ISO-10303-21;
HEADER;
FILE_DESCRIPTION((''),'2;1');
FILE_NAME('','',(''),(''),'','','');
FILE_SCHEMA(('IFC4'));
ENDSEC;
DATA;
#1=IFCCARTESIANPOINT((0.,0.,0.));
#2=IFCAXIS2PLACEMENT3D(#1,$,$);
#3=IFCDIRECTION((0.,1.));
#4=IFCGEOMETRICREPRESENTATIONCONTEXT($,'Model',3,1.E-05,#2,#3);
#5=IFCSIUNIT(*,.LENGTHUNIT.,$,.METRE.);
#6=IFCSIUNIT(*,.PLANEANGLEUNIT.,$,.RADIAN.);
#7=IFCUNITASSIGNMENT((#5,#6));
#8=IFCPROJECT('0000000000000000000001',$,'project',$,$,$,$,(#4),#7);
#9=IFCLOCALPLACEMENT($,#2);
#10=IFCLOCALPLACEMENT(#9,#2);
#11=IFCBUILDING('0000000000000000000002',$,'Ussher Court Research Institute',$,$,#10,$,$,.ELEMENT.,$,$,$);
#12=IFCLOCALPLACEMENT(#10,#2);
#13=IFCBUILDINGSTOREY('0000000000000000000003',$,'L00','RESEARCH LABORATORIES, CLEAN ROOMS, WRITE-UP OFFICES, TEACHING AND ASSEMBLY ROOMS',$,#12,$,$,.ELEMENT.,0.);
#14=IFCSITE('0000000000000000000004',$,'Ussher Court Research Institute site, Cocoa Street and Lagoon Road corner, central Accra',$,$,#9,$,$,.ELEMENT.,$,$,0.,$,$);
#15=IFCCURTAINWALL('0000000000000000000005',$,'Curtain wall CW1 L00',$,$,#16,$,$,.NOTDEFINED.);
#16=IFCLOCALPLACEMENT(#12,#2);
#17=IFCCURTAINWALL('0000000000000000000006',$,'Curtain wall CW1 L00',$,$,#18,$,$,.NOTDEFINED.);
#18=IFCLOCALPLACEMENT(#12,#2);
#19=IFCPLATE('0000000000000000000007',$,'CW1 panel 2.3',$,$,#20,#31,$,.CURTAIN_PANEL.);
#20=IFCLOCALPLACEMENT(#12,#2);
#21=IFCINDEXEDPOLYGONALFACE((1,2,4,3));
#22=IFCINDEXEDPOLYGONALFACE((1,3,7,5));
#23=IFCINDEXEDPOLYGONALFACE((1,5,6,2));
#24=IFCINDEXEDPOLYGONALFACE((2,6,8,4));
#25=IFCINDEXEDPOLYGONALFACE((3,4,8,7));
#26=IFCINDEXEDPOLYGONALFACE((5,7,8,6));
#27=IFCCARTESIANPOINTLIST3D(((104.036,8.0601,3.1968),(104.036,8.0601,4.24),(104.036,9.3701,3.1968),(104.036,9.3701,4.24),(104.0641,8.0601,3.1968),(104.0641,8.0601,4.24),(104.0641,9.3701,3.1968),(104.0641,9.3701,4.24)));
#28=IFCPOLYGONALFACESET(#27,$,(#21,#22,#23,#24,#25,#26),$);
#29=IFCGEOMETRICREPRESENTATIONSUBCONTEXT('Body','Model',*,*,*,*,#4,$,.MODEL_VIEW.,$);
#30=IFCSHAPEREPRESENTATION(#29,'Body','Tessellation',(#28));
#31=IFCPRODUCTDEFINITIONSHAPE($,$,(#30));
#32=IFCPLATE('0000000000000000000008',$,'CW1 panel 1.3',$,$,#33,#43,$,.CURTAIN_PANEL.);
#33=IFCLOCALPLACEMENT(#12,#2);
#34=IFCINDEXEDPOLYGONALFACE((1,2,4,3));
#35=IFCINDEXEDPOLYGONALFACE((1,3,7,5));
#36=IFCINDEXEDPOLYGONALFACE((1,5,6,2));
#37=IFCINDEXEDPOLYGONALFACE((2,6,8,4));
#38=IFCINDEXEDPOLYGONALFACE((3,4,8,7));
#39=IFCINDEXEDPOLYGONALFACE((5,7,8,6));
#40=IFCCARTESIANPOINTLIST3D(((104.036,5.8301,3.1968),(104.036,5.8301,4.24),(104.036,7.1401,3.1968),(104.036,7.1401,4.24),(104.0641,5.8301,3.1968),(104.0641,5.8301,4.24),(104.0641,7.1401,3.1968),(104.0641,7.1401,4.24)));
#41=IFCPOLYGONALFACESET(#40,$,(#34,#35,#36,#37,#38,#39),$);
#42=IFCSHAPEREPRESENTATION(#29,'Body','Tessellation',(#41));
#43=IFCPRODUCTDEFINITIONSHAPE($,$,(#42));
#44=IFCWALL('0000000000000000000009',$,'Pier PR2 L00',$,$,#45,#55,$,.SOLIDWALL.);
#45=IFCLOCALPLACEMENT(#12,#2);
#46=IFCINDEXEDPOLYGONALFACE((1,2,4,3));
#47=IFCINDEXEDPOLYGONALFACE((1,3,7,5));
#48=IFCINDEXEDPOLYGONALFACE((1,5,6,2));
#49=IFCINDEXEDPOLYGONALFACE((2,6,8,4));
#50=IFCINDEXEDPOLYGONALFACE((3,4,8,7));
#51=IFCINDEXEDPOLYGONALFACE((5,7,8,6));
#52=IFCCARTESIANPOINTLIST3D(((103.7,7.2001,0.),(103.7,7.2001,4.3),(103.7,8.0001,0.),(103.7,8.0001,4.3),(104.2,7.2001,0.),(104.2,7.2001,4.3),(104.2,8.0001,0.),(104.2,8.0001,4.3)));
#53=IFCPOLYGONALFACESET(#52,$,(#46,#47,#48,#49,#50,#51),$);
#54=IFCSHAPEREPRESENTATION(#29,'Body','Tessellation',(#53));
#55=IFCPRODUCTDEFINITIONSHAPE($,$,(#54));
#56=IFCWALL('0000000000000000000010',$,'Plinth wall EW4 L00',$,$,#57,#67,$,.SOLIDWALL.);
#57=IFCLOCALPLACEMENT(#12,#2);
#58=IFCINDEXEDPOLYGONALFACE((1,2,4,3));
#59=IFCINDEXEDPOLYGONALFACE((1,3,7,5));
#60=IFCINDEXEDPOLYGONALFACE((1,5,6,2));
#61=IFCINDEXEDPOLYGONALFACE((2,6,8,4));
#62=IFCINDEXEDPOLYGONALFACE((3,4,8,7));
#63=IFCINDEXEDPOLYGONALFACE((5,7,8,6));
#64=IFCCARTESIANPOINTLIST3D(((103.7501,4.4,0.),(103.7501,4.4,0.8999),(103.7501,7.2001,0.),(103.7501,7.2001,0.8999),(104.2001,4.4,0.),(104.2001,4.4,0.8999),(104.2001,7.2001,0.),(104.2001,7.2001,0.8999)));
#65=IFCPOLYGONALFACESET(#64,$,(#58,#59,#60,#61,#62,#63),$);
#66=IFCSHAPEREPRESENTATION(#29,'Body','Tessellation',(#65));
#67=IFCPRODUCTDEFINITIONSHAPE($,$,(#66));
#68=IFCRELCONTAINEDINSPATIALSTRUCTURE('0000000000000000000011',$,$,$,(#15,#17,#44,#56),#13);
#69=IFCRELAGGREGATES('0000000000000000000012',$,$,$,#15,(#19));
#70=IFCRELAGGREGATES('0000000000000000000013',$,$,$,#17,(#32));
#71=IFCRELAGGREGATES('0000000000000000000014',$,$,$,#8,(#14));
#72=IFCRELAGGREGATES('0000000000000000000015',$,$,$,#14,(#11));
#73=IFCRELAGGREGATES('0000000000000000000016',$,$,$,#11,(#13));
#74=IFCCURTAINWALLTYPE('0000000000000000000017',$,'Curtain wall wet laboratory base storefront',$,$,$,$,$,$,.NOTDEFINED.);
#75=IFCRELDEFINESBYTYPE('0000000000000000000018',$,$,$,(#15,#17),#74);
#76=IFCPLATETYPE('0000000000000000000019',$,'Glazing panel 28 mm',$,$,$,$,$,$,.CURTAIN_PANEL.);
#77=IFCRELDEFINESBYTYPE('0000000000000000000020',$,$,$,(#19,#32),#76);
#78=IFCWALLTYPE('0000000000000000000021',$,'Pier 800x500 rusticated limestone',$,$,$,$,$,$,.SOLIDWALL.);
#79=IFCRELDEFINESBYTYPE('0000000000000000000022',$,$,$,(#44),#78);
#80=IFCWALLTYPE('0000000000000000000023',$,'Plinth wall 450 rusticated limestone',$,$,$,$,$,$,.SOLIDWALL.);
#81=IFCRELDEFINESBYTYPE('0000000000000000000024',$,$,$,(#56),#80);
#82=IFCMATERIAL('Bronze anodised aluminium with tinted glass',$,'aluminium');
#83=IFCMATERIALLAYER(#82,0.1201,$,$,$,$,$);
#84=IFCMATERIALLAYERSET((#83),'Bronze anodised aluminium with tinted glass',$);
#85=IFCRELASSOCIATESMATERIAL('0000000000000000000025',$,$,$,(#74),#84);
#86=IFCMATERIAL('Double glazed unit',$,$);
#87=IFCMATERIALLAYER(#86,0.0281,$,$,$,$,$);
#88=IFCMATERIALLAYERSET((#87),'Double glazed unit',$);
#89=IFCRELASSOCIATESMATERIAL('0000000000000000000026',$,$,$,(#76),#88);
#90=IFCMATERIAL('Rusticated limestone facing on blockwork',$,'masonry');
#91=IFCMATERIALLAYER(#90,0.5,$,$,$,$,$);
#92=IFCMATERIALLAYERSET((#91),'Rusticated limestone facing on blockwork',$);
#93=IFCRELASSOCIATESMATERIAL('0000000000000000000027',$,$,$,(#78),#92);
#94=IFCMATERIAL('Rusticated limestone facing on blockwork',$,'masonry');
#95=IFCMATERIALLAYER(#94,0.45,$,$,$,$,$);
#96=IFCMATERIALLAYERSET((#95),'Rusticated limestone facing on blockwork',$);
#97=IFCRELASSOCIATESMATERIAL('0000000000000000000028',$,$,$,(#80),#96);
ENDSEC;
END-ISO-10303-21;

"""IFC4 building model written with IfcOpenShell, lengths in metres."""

from ifc_helpers import new_model, si_unit, direction, frame, frame_2d, origin, origin_2d, place, context, subcontext, project, spatial, rectangle, extrude, material, layer, layer_set, type_object, element, aggregate, save


model = new_model("IFC4")

# Units and contexts
model_context = context("Model", 3, precision=1e-05, world=origin(), true_north=direction((0.0, 1.0)))
body_context = subcontext(model_context, "Body", "Model", "MODEL_VIEW")
ifc_project = project(units=[si_unit("LENGTHUNIT", "METRE"), si_unit("PLANEANGLEUNIT", "RADIAN")], contexts=[model_context])

# Site, building, storey
site_placement = place(None, origin())
site = spatial("IfcSite", under=ifc_project, at=site_placement, Name="Ussher Court Research Institute site, Cocoa Street and Lagoon Road corner, central Accra", CompositionType="ELEMENT", RefElevation=0.0)
building_placement = place(site_placement, origin())
building = spatial("IfcBuilding", under=site, at=building_placement, Name="Ussher Court Research Institute", CompositionType="ELEMENT")
storey_placement = place(building_placement, origin())
storey = spatial("IfcBuildingStorey", under=building, at=storey_placement, Name="L00", Description="RESEARCH LABORATORIES, CLEAN ROOMS, WRITE-UP OFFICES, TEACHING AND ASSEMBLY ROOMS", CompositionType="ELEMENT", Elevation=0.0)

# Curtain wall
ifc_material_1 = material(Name="Bronze anodised aluminium with tinted glass", Category="aluminium")
ifc_layer_1 = layer(ifc_material_1, 0.1201)
ifc_layer_set_1 = layer_set([ifc_layer_1], Name="Bronze anodised aluminium with tinted glass")
curtain_wall_type = type_object("IfcCurtainWallType", Name="Curtain wall wet laboratory base storefront", PredefinedType="NOTDEFINED", material=ifc_layer_set_1)
curtain_wall_1_placement = place(storey_placement, origin())
curtain_wall_1 = element("IfcCurtainWall", 1, at=curtain_wall_1_placement, inside=storey, type_object=curtain_wall_type, Name="Curtain wall CW1 L00", PredefinedType="NOTDEFINED")

# Curtain wall
curtain_wall_2_placement = place(storey_placement, origin())
curtain_wall_2 = element("IfcCurtainWall", 2, at=curtain_wall_2_placement, inside=storey, type_object=curtain_wall_type, Name="Curtain wall CW1 L00", PredefinedType="NOTDEFINED")

# Plates
ifc_material_2 = material(Name="Double glazed unit")
ifc_layer_2 = layer(ifc_material_2, 0.0281)
ifc_layer_set_2 = layer_set([ifc_layer_2], Name="Double glazed unit")
plate_type = type_object("IfcPlateType", Name="Glazing panel 28 mm", PredefinedType="CURTAIN_PANEL", material=ifc_layer_set_2)
plate_1_placement = place(storey_placement, frame((104.05, 8.7151, 3.1968), z_axis=(0.0, 0.0, 1.0), x_axis=(0.0, -1.0, 0.0)))
plate_1 = element("IfcPlate", 3, at=plate_1_placement, type_object=plate_type, Name="CW1 panel 2.3", PredefinedType="CURTAIN_PANEL", context=body_context, shape_type="SweptSolid", body=[
    extrude(rectangle(XDim=1.3101, YDim=0.0281, at=origin_2d()), origin(), (0.0, 0.0, 1.0), 1.0432),
])
aggregate(curtain_wall_1, [plate_1])
plate_2_placement = place(storey_placement, frame((104.05, 6.4851, 3.1968), z_axis=(0.0, 0.0, 1.0), x_axis=(0.0, -1.0, 0.0)))
plate_2 = element("IfcPlate", 4, at=plate_2_placement, type_object=plate_type, Name="CW1 panel 1.3", PredefinedType="CURTAIN_PANEL", context=body_context, shape_type="SweptSolid", body=[
    extrude(rectangle(XDim=1.3101, YDim=0.0281, at=origin_2d()), origin(), (0.0, 0.0, 1.0), 1.0432),
])
aggregate(curtain_wall_2, [plate_2])

# Walls
ifc_material_3 = material(Name="Rusticated limestone facing on blockwork", Category="masonry")
ifc_layer_3 = layer(ifc_material_3, 0.5)
ifc_layer_set_3 = layer_set([ifc_layer_3], Name="Rusticated limestone facing on blockwork")
wall_type_1 = type_object("IfcWallType", Name="Pier 800x500 rusticated limestone", PredefinedType="SOLIDWALL", material=ifc_layer_set_3)
wall_1_placement = place(storey_placement, frame((103.95, 8.0, 0.0), z_axis=(0.0, 0.0, 1.0), x_axis=(0.0, -1.0, 0.0)))
element("IfcWall", 5, at=wall_1_placement, inside=storey, type_object=wall_type_1, Name="Pier PR2 L00", PredefinedType="SOLIDWALL", context=body_context, shape_type="SweptSolid", body=[
    extrude(rectangle(XDim=0.8, YDim=0.5, at=frame_2d((0.3999, 0.0))), origin(), (0.0, 0.0, 1.0), 4.3),
])
ifc_material_4 = material(Name="Rusticated limestone facing on blockwork", Category="masonry")
ifc_layer_4 = layer(ifc_material_4, 0.45)
ifc_layer_set_4 = layer_set([ifc_layer_4], Name="Rusticated limestone facing on blockwork")
wall_type_2 = type_object("IfcWallType", Name="Plinth wall 450 rusticated limestone", PredefinedType="SOLIDWALL", material=ifc_layer_set_4)
wall_2_placement = place(storey_placement, frame((103.9751, 7.2, 0.0), z_axis=(0.0, 0.0, 1.0), x_axis=(0.0, -1.0, 0.0)))
element("IfcWall", 6, at=wall_2_placement, inside=storey, type_object=wall_type_2, Name="Plinth wall EW4 L00", PredefinedType="SOLIDWALL", context=body_context, shape_type="SweptSolid", body=[
    extrude(rectangle(XDim=2.8, YDim=0.45, at=frame_2d((1.3999, 0.0))), origin(), (0.0, 0.0, 1.0), 0.8999),
])

save(model, "model.ifc")
